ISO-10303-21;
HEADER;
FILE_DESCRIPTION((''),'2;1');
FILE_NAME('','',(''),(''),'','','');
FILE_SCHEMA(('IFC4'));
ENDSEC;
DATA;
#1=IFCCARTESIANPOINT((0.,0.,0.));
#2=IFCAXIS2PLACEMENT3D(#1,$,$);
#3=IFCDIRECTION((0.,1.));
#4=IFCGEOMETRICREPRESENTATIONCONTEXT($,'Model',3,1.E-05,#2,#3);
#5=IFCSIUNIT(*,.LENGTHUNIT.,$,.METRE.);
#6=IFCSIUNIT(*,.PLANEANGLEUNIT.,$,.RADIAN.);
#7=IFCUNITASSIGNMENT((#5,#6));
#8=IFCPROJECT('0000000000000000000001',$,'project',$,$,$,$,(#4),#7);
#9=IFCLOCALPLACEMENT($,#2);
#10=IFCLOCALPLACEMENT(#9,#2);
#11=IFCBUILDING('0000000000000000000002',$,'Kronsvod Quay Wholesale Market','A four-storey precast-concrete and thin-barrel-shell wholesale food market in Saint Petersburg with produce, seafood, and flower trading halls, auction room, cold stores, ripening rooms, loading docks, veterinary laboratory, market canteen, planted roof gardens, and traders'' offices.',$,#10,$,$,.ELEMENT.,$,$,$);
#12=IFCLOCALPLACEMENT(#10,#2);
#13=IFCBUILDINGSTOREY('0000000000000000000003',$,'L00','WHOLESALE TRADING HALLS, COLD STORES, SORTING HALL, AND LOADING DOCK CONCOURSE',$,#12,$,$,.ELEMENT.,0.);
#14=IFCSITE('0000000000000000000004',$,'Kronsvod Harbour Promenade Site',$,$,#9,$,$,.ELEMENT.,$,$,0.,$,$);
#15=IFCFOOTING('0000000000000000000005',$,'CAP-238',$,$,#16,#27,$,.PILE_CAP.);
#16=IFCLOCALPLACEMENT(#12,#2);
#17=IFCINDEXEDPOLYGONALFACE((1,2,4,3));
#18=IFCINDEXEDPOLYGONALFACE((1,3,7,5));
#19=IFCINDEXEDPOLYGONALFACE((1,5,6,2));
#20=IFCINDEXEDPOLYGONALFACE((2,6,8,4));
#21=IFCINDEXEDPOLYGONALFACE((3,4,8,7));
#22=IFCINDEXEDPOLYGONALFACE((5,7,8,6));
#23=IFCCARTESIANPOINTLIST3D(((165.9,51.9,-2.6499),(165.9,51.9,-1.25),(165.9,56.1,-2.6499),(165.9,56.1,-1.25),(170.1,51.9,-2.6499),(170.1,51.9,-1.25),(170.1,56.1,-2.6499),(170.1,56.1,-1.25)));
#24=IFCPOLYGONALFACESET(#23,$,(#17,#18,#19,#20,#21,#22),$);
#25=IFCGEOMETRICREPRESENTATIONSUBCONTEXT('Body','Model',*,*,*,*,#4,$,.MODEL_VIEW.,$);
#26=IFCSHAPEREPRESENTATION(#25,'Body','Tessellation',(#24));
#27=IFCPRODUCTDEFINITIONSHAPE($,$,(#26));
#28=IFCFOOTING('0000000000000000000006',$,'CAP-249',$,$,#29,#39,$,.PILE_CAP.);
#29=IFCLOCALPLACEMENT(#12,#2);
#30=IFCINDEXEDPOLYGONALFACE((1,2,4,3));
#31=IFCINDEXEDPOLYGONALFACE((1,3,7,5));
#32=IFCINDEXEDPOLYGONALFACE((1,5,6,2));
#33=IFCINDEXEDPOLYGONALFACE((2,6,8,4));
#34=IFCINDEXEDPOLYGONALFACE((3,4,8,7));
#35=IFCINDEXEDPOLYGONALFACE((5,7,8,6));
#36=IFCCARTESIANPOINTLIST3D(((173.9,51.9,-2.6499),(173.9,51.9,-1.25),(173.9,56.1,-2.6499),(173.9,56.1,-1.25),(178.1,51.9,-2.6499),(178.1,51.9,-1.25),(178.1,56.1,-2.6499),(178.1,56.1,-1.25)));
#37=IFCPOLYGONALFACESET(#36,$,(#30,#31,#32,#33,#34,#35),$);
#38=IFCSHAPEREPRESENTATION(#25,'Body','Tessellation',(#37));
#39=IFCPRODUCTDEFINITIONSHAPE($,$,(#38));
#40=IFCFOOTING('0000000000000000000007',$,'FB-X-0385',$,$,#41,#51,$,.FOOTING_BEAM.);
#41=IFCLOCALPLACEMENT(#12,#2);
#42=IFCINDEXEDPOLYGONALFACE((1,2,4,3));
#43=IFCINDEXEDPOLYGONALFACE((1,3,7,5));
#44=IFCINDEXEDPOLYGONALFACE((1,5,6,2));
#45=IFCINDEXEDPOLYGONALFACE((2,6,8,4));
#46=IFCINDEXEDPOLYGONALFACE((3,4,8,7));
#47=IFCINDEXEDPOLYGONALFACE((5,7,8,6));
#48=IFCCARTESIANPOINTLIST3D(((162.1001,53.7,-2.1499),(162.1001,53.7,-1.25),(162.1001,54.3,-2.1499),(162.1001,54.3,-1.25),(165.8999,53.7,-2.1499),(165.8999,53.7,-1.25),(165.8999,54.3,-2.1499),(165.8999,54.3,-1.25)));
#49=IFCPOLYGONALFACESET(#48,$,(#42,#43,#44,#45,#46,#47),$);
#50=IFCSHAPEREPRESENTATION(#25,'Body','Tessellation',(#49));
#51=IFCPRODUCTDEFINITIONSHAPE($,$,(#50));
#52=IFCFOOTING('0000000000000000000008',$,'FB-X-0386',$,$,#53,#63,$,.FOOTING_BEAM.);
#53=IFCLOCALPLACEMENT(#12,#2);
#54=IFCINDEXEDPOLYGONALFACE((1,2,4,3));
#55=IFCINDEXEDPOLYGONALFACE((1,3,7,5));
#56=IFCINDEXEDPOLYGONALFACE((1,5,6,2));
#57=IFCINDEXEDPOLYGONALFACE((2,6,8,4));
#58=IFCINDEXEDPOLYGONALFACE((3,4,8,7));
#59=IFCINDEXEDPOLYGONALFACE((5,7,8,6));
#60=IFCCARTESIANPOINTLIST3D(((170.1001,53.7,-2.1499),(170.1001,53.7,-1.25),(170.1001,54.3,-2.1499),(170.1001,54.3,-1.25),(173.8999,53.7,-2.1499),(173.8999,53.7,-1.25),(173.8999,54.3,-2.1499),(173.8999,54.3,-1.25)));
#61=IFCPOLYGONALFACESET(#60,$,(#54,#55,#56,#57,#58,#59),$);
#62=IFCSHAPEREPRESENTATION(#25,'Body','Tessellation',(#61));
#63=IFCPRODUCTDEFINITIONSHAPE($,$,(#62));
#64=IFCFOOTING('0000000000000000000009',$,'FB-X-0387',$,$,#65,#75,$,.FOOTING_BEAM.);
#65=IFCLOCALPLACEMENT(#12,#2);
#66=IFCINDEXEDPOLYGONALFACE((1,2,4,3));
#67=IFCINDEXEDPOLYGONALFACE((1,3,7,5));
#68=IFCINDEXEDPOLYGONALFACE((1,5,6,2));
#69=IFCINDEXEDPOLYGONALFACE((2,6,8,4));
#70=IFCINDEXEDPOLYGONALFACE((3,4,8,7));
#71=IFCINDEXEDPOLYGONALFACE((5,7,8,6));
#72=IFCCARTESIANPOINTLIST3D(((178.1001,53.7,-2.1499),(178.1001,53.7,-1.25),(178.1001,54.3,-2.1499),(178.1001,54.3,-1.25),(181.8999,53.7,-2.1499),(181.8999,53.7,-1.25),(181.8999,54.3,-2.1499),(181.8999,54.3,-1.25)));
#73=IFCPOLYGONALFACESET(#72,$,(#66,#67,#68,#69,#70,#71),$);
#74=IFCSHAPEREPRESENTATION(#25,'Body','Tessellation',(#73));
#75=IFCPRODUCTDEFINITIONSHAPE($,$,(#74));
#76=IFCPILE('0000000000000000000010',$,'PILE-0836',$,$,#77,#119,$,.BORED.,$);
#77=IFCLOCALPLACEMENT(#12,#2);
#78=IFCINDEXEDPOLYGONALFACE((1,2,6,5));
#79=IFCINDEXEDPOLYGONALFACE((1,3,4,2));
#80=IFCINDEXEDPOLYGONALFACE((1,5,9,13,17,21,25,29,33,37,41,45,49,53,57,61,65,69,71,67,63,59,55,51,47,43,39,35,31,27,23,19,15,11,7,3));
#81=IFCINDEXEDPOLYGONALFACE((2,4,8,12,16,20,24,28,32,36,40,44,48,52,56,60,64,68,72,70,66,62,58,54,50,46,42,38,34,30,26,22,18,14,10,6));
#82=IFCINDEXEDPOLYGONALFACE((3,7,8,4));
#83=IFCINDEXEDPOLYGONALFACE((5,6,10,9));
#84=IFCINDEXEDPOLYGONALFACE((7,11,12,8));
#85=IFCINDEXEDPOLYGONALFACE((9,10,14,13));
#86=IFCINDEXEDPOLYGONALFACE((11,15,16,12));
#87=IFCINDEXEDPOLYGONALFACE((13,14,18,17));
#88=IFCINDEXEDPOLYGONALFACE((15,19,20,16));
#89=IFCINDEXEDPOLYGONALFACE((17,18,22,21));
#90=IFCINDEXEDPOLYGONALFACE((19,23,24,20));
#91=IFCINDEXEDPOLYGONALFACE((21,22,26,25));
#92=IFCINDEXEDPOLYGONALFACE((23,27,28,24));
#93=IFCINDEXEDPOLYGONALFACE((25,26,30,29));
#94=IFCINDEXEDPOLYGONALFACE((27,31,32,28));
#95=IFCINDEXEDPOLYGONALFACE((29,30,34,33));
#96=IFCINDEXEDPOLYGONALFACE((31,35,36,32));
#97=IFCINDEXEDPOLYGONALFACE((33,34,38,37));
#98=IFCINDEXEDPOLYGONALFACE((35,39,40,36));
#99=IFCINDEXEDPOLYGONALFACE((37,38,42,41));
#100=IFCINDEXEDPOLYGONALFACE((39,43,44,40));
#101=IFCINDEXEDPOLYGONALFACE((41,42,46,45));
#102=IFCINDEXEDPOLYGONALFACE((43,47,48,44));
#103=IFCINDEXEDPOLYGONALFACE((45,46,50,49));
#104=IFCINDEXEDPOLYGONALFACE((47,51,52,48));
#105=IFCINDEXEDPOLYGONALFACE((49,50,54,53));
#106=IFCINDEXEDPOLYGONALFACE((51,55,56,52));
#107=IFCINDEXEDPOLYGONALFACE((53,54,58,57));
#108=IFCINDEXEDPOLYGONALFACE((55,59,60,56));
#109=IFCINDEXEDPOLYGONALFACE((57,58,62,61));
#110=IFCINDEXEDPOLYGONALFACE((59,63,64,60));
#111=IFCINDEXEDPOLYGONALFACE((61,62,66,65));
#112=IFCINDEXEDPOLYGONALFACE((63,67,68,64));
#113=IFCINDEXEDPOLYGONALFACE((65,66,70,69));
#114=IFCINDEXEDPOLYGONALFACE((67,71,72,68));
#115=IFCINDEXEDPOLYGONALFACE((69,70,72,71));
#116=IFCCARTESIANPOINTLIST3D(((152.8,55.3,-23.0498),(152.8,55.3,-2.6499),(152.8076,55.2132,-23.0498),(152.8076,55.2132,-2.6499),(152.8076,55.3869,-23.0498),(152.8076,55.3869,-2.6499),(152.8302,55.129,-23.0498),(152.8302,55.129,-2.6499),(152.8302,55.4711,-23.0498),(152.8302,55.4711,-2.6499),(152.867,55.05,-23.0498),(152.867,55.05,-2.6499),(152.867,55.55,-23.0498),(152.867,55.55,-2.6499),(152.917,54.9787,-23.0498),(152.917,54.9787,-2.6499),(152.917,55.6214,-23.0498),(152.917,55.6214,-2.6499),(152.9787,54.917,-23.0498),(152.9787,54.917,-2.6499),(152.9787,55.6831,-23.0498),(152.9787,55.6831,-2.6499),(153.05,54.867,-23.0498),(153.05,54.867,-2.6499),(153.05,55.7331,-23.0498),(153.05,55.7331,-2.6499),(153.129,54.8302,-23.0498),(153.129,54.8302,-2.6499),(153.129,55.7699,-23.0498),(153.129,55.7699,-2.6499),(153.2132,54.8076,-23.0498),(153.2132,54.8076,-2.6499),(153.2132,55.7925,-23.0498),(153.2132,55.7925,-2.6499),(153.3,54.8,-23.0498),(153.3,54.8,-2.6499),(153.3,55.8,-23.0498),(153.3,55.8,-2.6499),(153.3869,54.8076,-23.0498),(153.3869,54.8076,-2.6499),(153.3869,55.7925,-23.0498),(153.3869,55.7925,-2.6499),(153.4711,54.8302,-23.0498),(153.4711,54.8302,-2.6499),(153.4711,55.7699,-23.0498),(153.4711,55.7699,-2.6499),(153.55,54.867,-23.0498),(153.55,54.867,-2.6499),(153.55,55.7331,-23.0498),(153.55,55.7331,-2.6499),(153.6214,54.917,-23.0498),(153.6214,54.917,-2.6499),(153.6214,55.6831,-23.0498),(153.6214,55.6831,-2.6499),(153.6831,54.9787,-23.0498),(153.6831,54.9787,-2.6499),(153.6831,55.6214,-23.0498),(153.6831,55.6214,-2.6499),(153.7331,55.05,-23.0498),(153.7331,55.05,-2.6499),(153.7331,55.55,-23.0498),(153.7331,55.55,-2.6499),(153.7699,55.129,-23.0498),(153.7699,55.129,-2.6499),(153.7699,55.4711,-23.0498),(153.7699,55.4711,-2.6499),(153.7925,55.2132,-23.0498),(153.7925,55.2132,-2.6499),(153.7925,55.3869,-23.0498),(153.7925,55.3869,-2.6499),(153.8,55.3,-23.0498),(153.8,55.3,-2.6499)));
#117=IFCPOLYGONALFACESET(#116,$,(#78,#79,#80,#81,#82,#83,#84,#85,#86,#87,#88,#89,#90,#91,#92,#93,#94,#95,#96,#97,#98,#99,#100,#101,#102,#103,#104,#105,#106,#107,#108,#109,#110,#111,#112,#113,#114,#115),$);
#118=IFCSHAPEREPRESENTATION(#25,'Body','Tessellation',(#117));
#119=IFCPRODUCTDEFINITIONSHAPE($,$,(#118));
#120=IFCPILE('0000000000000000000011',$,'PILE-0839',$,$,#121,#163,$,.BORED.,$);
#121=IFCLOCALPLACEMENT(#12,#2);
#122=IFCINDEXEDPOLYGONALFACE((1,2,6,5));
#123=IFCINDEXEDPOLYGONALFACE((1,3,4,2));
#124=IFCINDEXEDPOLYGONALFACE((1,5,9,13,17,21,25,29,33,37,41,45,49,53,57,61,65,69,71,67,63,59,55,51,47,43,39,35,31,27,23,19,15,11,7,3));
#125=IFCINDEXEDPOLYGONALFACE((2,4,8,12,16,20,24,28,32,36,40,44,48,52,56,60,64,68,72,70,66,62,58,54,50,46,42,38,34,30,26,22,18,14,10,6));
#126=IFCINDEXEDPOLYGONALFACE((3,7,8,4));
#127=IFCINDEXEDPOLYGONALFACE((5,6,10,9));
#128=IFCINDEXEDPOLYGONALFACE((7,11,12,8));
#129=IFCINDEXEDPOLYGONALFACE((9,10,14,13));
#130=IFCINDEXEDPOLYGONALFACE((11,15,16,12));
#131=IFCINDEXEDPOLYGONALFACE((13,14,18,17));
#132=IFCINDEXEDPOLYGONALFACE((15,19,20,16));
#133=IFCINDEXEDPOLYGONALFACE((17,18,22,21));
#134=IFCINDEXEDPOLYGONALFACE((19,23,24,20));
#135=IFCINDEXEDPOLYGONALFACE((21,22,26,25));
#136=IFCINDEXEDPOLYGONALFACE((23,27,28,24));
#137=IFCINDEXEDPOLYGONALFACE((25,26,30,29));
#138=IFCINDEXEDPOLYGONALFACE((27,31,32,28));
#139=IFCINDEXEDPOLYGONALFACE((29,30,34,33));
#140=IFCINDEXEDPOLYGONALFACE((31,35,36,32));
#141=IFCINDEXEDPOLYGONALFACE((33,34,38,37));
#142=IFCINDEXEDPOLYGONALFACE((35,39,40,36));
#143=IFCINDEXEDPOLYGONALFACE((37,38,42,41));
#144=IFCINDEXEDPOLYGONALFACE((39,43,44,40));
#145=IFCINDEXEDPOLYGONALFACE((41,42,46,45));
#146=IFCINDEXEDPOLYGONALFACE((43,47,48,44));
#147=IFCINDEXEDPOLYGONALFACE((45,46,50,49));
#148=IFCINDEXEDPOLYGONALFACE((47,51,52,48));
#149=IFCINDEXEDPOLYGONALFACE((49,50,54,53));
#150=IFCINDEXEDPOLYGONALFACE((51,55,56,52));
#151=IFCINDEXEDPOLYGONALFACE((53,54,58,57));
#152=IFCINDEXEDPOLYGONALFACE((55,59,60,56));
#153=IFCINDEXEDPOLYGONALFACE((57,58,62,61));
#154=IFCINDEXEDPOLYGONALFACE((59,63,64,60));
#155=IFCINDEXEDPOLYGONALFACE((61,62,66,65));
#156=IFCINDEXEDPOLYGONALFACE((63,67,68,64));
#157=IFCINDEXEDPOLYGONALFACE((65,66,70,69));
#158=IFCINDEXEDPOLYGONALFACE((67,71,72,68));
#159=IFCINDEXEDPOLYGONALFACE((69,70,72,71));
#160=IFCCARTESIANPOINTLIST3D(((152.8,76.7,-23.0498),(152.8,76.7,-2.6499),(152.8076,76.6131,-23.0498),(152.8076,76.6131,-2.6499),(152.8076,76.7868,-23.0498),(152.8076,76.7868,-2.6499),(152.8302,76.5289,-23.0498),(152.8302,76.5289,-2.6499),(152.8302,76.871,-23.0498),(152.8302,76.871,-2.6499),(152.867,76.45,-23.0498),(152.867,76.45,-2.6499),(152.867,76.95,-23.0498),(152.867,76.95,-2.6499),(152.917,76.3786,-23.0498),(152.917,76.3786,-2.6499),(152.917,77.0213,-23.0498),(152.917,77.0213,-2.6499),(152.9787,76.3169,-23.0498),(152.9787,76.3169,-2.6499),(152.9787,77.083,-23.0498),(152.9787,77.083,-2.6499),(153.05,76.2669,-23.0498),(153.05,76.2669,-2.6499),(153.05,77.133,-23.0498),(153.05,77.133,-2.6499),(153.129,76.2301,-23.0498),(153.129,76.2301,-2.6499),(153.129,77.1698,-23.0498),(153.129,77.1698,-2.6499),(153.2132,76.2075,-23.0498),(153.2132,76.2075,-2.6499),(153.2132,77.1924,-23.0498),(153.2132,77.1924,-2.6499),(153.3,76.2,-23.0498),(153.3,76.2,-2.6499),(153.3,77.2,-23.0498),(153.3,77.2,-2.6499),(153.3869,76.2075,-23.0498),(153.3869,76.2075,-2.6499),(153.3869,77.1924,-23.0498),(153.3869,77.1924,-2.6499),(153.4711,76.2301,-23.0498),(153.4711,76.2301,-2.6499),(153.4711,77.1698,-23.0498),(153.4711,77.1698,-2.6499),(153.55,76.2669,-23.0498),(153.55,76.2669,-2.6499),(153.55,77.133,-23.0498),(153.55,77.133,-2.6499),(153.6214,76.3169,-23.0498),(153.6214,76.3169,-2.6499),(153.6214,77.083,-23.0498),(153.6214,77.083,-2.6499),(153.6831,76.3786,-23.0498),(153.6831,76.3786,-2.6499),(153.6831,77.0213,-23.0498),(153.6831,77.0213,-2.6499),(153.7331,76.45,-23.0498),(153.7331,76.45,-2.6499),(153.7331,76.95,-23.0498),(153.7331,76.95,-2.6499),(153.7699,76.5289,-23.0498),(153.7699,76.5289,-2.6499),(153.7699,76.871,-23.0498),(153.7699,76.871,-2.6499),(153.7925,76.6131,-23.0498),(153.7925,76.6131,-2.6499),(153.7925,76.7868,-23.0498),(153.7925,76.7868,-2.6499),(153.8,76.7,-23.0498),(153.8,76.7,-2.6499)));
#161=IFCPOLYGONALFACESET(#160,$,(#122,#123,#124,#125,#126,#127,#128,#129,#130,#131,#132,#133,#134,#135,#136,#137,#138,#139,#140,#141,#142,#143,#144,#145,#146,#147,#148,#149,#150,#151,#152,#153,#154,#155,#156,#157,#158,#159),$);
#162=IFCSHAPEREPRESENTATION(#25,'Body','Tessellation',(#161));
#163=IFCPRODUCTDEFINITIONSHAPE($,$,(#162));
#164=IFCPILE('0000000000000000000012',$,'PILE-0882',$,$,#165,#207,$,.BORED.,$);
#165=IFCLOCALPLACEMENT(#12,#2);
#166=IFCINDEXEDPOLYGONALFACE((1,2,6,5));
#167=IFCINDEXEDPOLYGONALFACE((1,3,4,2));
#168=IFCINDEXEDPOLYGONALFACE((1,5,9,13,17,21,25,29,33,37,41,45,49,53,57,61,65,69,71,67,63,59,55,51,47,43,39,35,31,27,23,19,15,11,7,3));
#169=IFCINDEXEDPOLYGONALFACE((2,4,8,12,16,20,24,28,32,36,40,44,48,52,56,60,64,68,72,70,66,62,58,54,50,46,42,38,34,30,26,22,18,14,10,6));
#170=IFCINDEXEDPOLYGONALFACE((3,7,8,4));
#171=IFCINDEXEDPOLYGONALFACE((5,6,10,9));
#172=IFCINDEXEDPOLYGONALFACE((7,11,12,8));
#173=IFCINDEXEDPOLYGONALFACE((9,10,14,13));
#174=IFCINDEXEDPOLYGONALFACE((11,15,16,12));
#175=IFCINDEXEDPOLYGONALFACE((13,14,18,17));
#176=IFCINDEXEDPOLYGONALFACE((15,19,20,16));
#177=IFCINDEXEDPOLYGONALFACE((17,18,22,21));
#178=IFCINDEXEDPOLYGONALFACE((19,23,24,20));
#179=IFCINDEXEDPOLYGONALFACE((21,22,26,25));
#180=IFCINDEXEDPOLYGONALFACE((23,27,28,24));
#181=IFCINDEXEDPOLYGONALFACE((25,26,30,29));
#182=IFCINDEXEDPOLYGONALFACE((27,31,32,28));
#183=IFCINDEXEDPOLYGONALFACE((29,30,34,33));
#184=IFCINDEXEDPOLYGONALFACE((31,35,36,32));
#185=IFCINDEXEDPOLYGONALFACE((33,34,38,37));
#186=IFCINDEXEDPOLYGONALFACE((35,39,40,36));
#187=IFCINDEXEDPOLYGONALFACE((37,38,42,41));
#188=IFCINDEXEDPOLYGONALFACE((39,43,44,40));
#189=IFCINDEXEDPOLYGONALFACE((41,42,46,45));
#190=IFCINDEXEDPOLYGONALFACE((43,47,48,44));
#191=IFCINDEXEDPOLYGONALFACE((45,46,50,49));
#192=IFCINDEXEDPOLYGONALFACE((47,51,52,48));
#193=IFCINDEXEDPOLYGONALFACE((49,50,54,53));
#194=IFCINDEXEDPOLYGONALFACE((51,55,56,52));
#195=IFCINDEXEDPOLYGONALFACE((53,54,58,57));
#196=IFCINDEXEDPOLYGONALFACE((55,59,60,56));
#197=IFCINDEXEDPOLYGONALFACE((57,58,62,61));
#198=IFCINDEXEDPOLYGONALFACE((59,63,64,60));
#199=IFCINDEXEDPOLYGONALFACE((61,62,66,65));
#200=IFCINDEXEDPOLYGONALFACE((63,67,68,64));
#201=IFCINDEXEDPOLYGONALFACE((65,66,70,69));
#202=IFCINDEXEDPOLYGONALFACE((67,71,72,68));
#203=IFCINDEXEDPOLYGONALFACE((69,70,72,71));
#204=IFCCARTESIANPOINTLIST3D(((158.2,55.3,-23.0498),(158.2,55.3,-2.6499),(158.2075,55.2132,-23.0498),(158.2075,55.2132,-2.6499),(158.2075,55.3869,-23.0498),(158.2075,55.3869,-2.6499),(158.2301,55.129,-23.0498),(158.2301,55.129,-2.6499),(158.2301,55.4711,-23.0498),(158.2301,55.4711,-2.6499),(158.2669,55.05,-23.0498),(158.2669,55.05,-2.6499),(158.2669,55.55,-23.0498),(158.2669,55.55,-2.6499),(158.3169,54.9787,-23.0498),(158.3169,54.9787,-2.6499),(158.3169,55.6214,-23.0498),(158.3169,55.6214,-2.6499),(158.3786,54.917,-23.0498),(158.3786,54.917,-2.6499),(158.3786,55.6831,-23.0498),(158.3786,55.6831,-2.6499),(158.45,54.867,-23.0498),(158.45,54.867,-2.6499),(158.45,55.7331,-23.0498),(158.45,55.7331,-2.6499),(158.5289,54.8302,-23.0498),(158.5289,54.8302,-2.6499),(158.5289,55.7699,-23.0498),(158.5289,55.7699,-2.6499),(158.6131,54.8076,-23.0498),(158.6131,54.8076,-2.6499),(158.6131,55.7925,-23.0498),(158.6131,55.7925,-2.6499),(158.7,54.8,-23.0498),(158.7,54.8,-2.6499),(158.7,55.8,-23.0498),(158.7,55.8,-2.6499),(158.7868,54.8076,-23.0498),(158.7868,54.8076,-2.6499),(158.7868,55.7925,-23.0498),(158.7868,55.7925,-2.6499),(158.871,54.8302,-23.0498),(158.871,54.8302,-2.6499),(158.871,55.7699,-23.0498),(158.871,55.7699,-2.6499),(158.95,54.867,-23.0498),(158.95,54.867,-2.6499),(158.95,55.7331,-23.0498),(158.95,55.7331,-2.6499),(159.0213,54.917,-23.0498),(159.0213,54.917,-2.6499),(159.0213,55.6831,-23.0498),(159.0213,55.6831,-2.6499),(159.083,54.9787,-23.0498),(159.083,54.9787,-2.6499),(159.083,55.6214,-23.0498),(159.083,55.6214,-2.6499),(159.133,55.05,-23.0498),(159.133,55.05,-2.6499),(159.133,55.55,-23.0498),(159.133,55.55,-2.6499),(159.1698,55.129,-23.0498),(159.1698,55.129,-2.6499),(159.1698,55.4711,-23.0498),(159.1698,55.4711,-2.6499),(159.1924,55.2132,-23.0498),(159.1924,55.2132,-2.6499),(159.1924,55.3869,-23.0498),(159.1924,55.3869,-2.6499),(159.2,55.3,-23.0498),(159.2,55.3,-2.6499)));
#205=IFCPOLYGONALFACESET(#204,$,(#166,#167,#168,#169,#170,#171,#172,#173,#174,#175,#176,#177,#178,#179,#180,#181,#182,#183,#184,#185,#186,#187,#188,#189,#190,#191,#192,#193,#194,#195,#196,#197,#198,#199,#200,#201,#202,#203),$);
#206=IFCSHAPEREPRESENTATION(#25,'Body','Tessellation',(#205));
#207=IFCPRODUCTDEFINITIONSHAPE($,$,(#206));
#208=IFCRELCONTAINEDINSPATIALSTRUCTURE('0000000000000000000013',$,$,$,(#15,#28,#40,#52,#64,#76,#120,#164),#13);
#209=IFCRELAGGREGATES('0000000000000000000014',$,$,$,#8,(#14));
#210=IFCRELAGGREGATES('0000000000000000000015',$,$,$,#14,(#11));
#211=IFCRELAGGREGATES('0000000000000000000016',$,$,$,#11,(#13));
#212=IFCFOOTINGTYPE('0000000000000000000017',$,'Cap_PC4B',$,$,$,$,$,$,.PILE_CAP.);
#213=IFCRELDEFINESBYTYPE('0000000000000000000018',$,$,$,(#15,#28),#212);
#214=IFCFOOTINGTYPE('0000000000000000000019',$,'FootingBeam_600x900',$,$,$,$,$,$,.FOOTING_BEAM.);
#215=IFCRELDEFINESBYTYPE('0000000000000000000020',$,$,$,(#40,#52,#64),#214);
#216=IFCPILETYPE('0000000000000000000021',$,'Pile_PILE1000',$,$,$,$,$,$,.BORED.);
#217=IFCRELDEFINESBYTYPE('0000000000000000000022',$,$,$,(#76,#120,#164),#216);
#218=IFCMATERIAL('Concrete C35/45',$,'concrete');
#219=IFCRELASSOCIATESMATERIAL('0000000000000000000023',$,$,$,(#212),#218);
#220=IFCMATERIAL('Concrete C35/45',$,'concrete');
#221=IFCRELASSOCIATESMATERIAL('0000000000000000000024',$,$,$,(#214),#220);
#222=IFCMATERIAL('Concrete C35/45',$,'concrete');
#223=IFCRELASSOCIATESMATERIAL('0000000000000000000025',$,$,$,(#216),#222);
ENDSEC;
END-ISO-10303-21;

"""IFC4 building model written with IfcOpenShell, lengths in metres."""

from ifc_helpers import new_model, si_unit, direction, frame, origin, origin_2d, place, context, subcontext, project, spatial, rectangle, circle, extrude, material, material_profile, profile_set, type_object, element, save


model = new_model("IFC4")

# Units and contexts
model_context = context("Model", 3, precision=1e-05, world=origin(), true_north=direction((0.0, 1.0)))
body_context = subcontext(model_context, "Body", "Model", "MODEL_VIEW")
ifc_project = project(units=[si_unit("LENGTHUNIT", "METRE"), si_unit("PLANEANGLEUNIT", "RADIAN")], contexts=[model_context])

# Site, building, storey
site_placement = place(None, origin())
site = spatial("IfcSite", under=ifc_project, at=site_placement, Name="Kronsvod Harbour Promenade Site", CompositionType="ELEMENT", RefElevation=0.0)
building_placement = place(site_placement, origin())
building = spatial("IfcBuilding", under=site, at=building_placement, Name="Kronsvod Quay Wholesale Market", Description="A four-storey precast-concrete and thin-barrel-shell wholesale food market in Saint Petersburg with produce, seafood, and flower trading halls, auction room, cold stores, ripening rooms, loading docks, veterinary laboratory, market canteen, planted roof gardens, and traders' offices.", CompositionType="ELEMENT")
storey_placement = place(building_placement, origin())
storey = spatial("IfcBuildingStorey", under=building, at=storey_placement, Name="L00", Description="WHOLESALE TRADING HALLS, COLD STORES, SORTING HALL, AND LOADING DOCK CONCOURSE", CompositionType="ELEMENT", Elevation=0.0)

# Footings
ifc_material_1 = material(Name="Concrete C35/45", Category="concrete")
footing_type_1 = type_object("IfcFootingType", Name="Cap_PC4B", PredefinedType="PILE_CAP", material=ifc_material_1)
for number, where, z_axis, x_axis, name in (
    (1, (168.0, 54.0, -2.6499), (0.0, 0.0, 1.0), (1.0, 0.0, 0.0), "CAP-238"),
    (2, (176.0, 54.0, -2.6499), (0.0, 0.0, 1.0), (1.0, 0.0, 0.0), "CAP-249"),
):
    element("IfcFooting", number, at=place(storey_placement, frame(where, z_axis=z_axis, x_axis=x_axis)), inside=storey, type_object=footing_type_1, Name=name, PredefinedType="PILE_CAP", context=body_context, shape_type="SweptSolid", body=[
        extrude(rectangle(XDim=4.2, YDim=4.2, at=origin_2d()), origin(), (0.0, 0.0, 1.0), 1.3999),
    ])
ifc_material_2 = material(Name="Concrete C35/45", Category="concrete")
ifc_material_profile_1 = material_profile(ifc_material_2, rectangle(XDim=0.6001, YDim=0.8999, at=origin_2d()), Name="FB-02")
ifc_profile_set_1 = profile_set([ifc_material_profile_1], Name="Concrete C35/45")
footing_type_2 = type_object("IfcFootingType", Name="FootingBeam_600x900", PredefinedType="FOOTING_BEAM", material=ifc_profile_set_1)
for number, where, z_axis, x_axis, name in (
    (3, (162.1001, 54.0, -1.7), (1.0, 0.0, 0.0), (0.0, 1.0, 0.0), "FB-X-0385"),
    (4, (170.1001, 54.0, -1.7), (1.0, 0.0, 0.0), (0.0, 1.0, 0.0), "FB-X-0386"),
    (5, (178.1001, 54.0, -1.7), (1.0, 0.0, 0.0), (0.0, 1.0, 0.0), "FB-X-0387"),
):
    element("IfcFooting", number, at=place(storey_placement, frame(where, z_axis=z_axis, x_axis=x_axis)), inside=storey, type_object=footing_type_2, Name=name, PredefinedType="FOOTING_BEAM", context=body_context, shape_type="SweptSolid", body=[
        extrude(rectangle(XDim=0.6001, YDim=0.8999, at=origin_2d()), origin(), (0.0, 0.0, 1.0), 3.7998),
    ])

# Piles
ifc_material_3 = material(Name="Concrete C35/45", Category="concrete")
ifc_material_profile_2 = material_profile(ifc_material_3, circle(Radius=0.5, at=origin_2d()), Name="PILE1000")
ifc_profile_set_2 = profile_set([ifc_material_profile_2], Name="Concrete C35/45")
pile_type = type_object("IfcPileType", Name="Pile_PILE1000", PredefinedType="BORED", material=ifc_profile_set_2)
for number, where, z_axis, x_axis, name in (
    (6, (153.3, 55.3, -2.6499), (0.0, 0.0, -1.0), (1.0, 0.0, 0.0), "PILE-0836"),
    (7, (153.3, 76.7, -2.6499), (0.0, 0.0, -1.0), (1.0, 0.0, 0.0), "PILE-0839"),
    (8, (158.7, 55.3, -2.6499), (0.0, 0.0, -1.0), (1.0, 0.0, 0.0), "PILE-0882"),
):
    element("IfcPile", number, at=place(storey_placement, frame(where, z_axis=z_axis, x_axis=x_axis)), inside=storey, type_object=pile_type, Name=name, PredefinedType="BORED", context=body_context, shape_type="SweptSolid", body=[
        extrude(circle(Radius=0.5, at=origin_2d()), origin(), (0.0, 0.0, 1.0), 20.3999),
    ])

save(model, "model.ifc")
